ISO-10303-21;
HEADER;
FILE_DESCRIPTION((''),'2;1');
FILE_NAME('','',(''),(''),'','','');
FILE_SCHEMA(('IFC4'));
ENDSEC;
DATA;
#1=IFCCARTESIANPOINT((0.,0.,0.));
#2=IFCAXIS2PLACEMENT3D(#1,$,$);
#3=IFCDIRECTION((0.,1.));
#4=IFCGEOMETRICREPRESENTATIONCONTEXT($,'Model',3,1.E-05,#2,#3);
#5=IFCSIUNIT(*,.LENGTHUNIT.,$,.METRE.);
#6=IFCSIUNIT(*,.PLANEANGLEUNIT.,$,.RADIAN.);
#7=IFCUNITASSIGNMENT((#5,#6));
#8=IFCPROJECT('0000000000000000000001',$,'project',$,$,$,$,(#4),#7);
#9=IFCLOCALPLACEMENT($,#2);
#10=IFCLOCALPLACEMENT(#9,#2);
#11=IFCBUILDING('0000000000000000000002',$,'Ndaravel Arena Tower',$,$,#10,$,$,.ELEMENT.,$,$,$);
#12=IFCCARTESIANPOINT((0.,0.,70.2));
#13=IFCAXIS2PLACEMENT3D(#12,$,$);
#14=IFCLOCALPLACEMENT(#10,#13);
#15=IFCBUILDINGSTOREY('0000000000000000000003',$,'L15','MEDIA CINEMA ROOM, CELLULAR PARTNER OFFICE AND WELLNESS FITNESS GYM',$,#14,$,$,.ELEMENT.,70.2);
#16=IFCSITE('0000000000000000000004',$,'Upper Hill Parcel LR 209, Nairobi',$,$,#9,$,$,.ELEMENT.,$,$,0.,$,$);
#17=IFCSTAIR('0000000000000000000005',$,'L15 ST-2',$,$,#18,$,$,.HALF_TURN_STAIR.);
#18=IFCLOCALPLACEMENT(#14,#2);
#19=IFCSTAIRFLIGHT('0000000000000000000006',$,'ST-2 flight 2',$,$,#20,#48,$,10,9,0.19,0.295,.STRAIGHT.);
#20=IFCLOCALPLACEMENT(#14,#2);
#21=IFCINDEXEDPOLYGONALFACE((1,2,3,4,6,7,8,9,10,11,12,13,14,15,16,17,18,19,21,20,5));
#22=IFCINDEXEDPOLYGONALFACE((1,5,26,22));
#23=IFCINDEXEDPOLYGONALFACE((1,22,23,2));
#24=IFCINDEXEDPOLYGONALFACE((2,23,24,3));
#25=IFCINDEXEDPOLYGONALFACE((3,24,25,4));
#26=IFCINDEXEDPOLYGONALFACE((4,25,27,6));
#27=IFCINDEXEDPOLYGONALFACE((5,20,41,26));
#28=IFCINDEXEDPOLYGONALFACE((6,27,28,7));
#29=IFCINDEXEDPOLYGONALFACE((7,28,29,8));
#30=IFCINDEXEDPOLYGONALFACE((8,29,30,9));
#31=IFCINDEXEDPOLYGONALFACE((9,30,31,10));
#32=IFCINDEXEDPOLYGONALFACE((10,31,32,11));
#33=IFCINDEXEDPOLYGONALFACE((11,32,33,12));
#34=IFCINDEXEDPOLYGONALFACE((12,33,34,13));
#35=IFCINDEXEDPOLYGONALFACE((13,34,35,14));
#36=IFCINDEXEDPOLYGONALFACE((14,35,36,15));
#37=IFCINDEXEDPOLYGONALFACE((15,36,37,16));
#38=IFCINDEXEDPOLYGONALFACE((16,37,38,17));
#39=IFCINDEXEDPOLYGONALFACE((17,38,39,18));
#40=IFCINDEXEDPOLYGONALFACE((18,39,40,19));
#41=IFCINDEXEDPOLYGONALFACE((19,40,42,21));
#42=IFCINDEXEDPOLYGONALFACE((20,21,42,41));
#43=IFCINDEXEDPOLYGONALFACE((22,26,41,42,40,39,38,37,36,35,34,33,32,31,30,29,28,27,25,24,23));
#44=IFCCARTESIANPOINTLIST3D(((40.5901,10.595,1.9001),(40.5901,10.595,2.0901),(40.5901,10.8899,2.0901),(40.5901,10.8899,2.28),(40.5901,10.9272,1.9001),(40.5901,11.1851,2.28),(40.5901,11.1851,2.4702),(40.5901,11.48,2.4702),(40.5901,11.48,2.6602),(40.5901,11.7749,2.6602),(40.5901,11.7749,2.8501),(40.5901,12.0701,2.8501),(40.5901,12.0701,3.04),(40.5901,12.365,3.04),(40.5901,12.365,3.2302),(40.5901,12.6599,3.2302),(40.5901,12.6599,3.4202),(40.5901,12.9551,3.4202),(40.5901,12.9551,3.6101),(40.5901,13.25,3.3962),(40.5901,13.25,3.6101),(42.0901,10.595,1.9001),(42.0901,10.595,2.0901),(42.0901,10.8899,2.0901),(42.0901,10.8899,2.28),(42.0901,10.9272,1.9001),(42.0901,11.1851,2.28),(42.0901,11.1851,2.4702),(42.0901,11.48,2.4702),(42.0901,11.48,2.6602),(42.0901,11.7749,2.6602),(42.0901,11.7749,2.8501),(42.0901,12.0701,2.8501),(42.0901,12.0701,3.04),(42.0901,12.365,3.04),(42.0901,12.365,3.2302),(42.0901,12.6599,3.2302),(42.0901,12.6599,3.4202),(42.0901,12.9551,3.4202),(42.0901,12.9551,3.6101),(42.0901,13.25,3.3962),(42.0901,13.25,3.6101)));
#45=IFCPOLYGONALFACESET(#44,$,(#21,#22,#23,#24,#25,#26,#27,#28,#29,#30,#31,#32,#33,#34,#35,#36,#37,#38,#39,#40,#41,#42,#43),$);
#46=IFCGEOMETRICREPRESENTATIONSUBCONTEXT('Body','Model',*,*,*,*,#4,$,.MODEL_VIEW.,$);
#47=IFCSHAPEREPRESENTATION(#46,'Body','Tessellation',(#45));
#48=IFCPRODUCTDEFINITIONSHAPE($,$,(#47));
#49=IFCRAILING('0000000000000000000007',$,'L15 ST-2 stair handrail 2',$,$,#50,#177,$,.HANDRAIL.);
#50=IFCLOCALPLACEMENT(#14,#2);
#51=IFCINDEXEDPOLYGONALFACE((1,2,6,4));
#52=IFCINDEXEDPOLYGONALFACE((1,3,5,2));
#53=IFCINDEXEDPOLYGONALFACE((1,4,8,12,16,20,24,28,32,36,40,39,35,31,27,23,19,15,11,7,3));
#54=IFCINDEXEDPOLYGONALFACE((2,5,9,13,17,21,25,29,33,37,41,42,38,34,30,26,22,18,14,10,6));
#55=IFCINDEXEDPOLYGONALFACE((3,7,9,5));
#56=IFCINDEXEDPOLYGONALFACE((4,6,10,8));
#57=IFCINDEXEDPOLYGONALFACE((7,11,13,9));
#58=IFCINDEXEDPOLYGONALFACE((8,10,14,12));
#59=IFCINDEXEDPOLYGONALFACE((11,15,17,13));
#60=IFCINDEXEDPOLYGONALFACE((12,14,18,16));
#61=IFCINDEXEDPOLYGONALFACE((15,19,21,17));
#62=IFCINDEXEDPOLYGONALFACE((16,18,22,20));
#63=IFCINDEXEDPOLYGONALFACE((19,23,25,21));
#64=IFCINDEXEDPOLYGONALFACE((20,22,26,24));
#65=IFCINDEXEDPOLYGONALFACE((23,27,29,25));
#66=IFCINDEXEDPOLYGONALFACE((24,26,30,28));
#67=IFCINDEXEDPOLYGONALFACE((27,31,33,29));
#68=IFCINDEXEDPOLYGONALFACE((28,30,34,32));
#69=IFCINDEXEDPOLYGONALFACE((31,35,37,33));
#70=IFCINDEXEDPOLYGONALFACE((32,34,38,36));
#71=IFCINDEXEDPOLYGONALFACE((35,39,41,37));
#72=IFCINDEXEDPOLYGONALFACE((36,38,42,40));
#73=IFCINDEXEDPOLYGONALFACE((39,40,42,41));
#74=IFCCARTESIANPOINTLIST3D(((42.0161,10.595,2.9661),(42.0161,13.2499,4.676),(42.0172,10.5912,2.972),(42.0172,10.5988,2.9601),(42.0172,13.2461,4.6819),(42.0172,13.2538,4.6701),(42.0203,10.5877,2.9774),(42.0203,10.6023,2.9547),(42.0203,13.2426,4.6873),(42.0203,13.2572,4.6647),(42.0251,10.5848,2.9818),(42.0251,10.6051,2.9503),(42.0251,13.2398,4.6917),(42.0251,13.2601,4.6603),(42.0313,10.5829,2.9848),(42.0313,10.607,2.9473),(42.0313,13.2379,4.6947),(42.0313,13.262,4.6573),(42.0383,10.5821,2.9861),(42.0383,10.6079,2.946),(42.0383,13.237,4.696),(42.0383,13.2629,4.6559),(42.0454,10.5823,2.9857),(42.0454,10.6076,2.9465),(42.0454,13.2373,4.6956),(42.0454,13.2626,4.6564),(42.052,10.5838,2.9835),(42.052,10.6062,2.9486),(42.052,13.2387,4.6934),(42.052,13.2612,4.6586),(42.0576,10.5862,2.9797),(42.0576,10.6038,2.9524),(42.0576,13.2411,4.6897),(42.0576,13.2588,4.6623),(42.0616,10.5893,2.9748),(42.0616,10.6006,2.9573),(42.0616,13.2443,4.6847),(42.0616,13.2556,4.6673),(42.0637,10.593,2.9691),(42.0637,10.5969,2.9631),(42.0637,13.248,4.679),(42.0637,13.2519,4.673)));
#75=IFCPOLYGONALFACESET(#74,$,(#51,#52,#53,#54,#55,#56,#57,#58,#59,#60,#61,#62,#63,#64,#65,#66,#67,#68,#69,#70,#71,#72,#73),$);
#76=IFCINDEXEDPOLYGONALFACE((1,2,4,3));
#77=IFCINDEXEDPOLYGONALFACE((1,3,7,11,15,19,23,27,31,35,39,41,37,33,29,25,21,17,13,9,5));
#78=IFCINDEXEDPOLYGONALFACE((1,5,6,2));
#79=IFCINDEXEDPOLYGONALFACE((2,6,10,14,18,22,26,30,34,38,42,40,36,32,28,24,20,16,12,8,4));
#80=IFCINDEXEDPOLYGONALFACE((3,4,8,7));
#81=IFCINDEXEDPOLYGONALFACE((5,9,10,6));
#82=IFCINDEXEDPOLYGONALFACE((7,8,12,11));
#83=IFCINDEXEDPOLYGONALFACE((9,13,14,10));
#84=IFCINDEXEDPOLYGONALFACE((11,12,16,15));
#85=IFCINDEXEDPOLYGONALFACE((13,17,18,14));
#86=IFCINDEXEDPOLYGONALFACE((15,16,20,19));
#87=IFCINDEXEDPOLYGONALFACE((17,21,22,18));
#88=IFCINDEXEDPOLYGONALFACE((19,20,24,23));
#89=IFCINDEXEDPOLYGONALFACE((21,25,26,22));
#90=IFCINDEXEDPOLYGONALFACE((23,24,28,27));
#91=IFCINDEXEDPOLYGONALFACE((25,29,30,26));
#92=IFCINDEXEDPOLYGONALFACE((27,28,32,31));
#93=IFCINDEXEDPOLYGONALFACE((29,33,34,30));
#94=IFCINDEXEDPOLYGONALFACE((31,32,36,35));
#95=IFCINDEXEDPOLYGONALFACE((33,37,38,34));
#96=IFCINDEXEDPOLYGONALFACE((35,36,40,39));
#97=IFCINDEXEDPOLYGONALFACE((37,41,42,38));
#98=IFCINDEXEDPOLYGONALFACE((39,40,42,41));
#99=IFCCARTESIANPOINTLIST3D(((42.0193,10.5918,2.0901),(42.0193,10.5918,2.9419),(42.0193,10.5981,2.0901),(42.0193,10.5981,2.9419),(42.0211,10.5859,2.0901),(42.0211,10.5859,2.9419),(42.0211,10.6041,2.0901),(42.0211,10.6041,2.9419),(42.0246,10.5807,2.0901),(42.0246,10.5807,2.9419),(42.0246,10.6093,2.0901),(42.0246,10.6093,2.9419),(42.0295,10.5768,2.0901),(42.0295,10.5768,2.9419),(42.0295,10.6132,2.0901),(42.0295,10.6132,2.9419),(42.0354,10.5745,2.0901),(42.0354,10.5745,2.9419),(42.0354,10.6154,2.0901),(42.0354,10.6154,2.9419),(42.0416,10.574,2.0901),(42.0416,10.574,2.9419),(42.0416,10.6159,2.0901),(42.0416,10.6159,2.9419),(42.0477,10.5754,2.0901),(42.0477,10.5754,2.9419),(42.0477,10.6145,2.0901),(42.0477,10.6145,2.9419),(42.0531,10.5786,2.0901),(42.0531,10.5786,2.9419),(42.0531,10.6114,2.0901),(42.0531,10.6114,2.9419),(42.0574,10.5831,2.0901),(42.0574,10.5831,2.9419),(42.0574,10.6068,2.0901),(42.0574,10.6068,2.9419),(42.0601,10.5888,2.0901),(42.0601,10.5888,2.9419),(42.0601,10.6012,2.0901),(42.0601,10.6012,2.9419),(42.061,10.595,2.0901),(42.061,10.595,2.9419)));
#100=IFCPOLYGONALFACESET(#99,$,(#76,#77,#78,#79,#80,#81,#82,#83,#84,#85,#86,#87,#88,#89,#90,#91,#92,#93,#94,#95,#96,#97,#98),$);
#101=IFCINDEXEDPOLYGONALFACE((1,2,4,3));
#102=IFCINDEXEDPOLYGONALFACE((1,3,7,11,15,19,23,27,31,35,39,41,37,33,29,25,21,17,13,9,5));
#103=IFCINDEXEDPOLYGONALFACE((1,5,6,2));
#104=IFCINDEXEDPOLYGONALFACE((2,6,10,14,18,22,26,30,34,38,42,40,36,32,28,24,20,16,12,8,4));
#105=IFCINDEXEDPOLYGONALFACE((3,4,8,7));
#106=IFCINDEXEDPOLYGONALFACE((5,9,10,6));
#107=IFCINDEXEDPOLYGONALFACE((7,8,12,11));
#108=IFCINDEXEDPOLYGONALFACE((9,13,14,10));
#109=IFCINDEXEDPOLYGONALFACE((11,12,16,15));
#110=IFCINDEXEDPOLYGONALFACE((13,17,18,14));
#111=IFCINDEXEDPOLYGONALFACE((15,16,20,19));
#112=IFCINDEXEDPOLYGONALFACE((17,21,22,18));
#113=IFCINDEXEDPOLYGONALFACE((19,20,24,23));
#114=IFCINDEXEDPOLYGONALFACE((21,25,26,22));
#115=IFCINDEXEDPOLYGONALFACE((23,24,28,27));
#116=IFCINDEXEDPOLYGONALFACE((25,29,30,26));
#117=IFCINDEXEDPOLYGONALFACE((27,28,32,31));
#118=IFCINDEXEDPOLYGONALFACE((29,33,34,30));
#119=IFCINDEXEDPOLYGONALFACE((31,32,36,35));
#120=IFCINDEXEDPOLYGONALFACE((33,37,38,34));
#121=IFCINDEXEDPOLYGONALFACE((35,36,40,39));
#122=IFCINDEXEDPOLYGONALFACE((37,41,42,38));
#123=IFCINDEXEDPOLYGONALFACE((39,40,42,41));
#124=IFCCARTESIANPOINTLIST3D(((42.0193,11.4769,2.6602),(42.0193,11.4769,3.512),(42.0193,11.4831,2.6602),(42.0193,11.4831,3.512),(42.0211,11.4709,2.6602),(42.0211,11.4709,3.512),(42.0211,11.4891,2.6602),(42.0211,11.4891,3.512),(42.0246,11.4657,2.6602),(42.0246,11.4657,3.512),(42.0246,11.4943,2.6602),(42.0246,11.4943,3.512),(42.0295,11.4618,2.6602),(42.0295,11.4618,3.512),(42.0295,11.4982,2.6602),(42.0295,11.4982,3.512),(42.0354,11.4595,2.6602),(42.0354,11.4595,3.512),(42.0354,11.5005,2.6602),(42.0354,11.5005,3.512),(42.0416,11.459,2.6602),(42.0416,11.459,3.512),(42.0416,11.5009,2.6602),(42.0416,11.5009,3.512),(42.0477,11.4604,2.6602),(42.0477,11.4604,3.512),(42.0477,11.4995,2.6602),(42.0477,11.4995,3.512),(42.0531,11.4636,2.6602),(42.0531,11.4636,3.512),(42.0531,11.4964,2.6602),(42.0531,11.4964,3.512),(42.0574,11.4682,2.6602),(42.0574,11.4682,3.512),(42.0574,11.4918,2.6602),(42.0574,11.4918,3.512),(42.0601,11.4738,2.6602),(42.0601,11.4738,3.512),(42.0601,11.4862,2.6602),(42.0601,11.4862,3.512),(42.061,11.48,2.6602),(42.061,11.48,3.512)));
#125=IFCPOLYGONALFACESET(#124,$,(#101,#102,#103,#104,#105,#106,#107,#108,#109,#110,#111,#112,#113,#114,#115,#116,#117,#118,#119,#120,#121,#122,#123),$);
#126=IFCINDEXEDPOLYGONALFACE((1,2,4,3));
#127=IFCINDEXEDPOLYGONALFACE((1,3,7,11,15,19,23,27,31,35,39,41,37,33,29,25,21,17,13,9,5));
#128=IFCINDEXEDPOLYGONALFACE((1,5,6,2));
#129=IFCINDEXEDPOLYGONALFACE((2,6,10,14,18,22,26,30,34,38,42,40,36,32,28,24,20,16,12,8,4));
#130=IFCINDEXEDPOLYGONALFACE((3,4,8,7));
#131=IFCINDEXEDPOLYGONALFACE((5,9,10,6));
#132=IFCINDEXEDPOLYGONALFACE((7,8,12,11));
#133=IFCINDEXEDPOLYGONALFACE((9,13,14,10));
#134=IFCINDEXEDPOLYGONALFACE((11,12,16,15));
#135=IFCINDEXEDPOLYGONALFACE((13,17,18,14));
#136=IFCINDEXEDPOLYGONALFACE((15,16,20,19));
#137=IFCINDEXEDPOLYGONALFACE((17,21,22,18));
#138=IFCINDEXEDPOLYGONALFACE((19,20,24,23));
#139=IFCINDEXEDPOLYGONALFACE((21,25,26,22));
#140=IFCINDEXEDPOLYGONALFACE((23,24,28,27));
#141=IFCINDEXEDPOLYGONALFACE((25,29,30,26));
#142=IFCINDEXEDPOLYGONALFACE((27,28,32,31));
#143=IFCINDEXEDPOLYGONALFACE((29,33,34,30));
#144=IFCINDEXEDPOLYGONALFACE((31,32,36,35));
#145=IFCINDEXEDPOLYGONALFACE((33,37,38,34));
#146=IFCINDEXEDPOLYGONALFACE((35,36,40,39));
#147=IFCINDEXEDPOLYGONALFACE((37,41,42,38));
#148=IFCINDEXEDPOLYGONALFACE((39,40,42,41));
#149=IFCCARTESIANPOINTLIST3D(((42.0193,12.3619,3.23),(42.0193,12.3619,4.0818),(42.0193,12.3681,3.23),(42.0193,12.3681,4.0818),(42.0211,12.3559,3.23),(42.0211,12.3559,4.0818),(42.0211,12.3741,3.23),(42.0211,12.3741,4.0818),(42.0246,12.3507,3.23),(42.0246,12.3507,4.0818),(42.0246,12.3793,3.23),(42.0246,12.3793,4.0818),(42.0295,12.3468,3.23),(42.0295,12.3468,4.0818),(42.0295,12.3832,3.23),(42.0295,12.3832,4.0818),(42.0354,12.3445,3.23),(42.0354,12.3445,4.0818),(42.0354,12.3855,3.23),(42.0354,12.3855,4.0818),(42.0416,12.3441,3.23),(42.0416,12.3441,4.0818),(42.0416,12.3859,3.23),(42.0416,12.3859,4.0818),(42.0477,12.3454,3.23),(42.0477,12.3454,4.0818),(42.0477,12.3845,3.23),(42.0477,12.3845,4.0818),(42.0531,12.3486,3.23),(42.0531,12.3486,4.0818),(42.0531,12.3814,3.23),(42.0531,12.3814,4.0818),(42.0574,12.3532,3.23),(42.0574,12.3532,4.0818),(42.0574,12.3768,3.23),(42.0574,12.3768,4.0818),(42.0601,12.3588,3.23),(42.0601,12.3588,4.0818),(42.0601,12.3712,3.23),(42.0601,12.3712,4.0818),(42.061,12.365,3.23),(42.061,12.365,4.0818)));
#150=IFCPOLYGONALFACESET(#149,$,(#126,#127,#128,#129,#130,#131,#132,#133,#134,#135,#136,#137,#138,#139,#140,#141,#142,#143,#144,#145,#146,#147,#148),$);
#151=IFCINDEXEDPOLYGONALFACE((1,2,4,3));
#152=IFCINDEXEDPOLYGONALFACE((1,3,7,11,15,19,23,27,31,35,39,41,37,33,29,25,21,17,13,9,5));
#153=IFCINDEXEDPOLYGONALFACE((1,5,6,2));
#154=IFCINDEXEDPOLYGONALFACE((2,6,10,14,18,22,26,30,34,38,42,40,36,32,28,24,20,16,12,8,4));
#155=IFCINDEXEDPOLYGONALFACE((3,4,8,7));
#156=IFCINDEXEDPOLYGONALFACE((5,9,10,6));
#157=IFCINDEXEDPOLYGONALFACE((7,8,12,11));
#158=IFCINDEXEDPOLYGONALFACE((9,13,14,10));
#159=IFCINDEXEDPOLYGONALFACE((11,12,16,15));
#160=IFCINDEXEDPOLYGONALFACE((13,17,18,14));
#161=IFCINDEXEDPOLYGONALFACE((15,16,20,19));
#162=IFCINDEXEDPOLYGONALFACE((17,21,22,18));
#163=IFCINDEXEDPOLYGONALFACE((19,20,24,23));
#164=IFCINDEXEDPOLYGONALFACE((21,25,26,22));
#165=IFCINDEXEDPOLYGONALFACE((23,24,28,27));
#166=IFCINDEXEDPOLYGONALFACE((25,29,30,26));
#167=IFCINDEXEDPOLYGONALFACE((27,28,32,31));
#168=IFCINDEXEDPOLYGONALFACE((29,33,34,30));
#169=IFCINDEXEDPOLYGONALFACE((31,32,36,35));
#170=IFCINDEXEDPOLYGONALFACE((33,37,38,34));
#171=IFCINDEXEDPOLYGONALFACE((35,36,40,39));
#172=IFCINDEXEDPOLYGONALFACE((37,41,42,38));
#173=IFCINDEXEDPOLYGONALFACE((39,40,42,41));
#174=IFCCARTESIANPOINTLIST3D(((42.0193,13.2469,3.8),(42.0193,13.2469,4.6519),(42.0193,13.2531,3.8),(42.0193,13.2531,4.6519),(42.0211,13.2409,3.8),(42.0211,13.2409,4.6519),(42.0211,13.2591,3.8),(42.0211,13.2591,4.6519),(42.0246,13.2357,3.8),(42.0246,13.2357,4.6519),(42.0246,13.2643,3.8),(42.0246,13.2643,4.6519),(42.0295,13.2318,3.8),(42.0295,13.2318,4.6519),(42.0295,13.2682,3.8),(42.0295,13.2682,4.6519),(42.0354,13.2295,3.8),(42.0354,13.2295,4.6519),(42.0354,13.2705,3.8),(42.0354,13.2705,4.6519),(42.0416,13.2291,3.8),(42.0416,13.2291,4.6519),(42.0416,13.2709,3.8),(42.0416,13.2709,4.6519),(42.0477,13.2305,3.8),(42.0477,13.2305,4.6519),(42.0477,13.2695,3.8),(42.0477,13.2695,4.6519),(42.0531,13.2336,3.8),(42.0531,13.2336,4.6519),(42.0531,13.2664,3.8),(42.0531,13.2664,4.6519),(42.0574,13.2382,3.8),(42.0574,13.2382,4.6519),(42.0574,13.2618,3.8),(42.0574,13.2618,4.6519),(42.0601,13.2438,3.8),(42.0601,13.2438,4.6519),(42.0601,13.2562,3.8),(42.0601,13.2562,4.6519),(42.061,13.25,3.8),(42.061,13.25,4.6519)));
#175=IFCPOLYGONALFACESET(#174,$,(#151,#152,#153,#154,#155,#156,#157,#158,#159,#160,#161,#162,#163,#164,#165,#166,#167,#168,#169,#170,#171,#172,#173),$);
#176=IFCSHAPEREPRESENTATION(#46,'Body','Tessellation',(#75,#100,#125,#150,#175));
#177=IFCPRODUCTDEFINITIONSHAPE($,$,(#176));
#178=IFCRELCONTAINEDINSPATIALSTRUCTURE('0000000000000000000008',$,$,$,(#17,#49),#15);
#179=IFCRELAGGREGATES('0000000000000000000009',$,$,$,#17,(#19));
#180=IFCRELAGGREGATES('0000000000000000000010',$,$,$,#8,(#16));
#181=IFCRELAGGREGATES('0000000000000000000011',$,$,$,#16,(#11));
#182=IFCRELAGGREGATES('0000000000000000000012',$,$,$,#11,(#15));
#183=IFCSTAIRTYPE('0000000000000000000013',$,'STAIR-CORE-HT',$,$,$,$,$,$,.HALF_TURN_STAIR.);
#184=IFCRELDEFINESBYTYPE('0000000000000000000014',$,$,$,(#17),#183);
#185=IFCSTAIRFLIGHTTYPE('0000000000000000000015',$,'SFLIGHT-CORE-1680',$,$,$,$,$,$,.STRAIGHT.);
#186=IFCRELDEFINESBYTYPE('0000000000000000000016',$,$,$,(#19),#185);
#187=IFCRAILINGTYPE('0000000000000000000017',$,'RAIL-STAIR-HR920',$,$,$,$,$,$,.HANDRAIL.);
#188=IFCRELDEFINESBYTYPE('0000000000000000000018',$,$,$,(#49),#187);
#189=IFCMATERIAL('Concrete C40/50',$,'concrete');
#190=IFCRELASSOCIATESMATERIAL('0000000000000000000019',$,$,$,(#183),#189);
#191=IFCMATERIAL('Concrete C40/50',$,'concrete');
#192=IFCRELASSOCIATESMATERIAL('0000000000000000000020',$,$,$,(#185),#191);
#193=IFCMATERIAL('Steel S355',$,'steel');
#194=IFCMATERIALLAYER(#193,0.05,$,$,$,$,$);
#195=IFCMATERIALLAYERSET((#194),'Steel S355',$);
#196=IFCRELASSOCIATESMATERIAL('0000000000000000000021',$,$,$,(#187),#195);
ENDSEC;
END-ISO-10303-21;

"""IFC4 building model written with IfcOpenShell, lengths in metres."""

from ifc_helpers import new_model, si_unit, direction, frame, origin, origin_2d, place, context, subcontext, project, spatial, polyline, circle, outline, extrude, material, layer, layer_set, type_object, element, aggregate, save


model = new_model("IFC4")

# Units and contexts
model_context = context("Model", 3, precision=1e-05, world=origin(), true_north=direction((0.0, 1.0)))
body_context = subcontext(model_context, "Body", "Model", "MODEL_VIEW")
ifc_project = project(units=[si_unit("LENGTHUNIT", "METRE"), si_unit("PLANEANGLEUNIT", "RADIAN")], contexts=[model_context])

# Site, building, storey
site_placement = place(None, origin())
site = spatial("IfcSite", under=ifc_project, at=site_placement, Name="Upper Hill Parcel LR 209, Nairobi", CompositionType="ELEMENT", RefElevation=0.0)
building_placement = place(site_placement, origin())
building = spatial("IfcBuilding", under=site, at=building_placement, Name="Ndaravel Arena Tower", CompositionType="ELEMENT")
storey_placement = place(building_placement, frame((0.0, 0.0, 70.2)))
storey = spatial("IfcBuildingStorey", under=building, at=storey_placement, Name="L15", Description="MEDIA CINEMA ROOM, CELLULAR PARTNER OFFICE AND WELLNESS FITNESS GYM", CompositionType="ELEMENT", Elevation=70.2)

# Stair, stair flight
ifc_material_1 = material(Name="Concrete C40/50", Category="concrete")
stair_type = type_object("IfcStairType", Name="STAIR-CORE-HT", PredefinedType="HALF_TURN_STAIR", material=ifc_material_1)
stair_placement = place(storey_placement, origin())
stair = element("IfcStair", 1, at=stair_placement, inside=storey, type_object=stair_type, Name="L15 ST-2", PredefinedType="HALF_TURN_STAIR")
ifc_material_2 = material(Name="Concrete C40/50", Category="concrete")
stair_flight_type = type_object("IfcStairFlightType", Name="SFLIGHT-CORE-1680", PredefinedType="STRAIGHT", material=ifc_material_2)
stair_flight_placement = place(storey_placement, frame((41.3401, 10.595, 1.9001), z_axis=(0.0, 0.0, 1.0), x_axis=(0.0, 1.0, 0.0)))
stair_flight = element("IfcStairFlight", 2, at=stair_flight_placement, type_object=stair_flight_type, Name="ST-2 flight 2", NumberOfRisers=10, NumberOfTreads=9, PredefinedType="STRAIGHT", RiserHeight=0.19, TreadLength=0.295, context=body_context, shape_type="SweptSolid", body=[
    extrude(outline(polyline([(0.0, 0.0), (0.0, 0.1899), (0.2949, 0.1899), (0.2949, 0.3799), (0.5901, 0.3799), (0.5901, 0.5701), (0.885, 0.5701), (0.885, 0.76), (1.1799, 0.76), (1.1799, 0.95), (1.4751, 0.95), (1.4751, 1.1399), (1.77, 1.1399), (1.77, 1.3301), (2.0649, 1.3301), (2.0649, 1.52), (2.3601, 1.52), (2.3601, 1.71), (2.655, 1.71), (2.655, 1.8999), (2.655, 1.4961), (0.3323, 0.0), (0.0, 0.0)])), frame((0.0, 0.75, 0.0), z_axis=(0.0, -1.0, 0.0), x_axis=(1.0, 0.0, 0.0)), (0.0, 0.0, 1.0), 1.5),
])
aggregate(stair, [stair_flight])

# Railing
ifc_material_3 = material(Name="Steel S355", Category="steel")
ifc_layer_1 = layer(ifc_material_3, 0.05)
ifc_layer_set_1 = layer_set([ifc_layer_1], Name="Steel S355")
railing_type_1 = type_object("IfcRailingType", Name="RAIL-STAIR-HR920", PredefinedType="HANDRAIL", material=ifc_layer_set_1)
railing_1_placement = place(storey_placement, frame((42.04, 10.595, 2.0901)))
element("IfcRailing", 3, at=railing_1_placement, inside=storey, type_object=railing_type_1, Name="L15 ST-2 stair handrail 2", PredefinedType="HANDRAIL", context=body_context, shape_type="SweptSolid", body=[
    extrude(circle(Radius=0.0239, at=origin_2d()), frame((0.0, 0.0, 0.876), z_axis=(0.0, 0.840724, 0.541465), x_axis=(-1.0, 0.0, 0.0)), (0.0, 0.0, 1.0), 3.158),
    extrude(circle(Radius=0.021, at=origin_2d()), origin(), (0.0, 0.0, 1.0), 0.8518),
    extrude(circle(Radius=0.021, at=origin_2d()), frame((0.0, 0.885, 0.5701)), (0.0, 0.0, 1.0), 0.8518),
    extrude(circle(Radius=0.021, at=origin_2d()), frame((0.0, 1.77, 1.1399)), (0.0, 0.0, 1.0), 0.8518),
    extrude(circle(Radius=0.021, at=origin_2d()), frame((0.0, 2.655, 1.71)), (0.0, 0.0, 1.0), 0.8518),
])

save(model, "model.ifc")
